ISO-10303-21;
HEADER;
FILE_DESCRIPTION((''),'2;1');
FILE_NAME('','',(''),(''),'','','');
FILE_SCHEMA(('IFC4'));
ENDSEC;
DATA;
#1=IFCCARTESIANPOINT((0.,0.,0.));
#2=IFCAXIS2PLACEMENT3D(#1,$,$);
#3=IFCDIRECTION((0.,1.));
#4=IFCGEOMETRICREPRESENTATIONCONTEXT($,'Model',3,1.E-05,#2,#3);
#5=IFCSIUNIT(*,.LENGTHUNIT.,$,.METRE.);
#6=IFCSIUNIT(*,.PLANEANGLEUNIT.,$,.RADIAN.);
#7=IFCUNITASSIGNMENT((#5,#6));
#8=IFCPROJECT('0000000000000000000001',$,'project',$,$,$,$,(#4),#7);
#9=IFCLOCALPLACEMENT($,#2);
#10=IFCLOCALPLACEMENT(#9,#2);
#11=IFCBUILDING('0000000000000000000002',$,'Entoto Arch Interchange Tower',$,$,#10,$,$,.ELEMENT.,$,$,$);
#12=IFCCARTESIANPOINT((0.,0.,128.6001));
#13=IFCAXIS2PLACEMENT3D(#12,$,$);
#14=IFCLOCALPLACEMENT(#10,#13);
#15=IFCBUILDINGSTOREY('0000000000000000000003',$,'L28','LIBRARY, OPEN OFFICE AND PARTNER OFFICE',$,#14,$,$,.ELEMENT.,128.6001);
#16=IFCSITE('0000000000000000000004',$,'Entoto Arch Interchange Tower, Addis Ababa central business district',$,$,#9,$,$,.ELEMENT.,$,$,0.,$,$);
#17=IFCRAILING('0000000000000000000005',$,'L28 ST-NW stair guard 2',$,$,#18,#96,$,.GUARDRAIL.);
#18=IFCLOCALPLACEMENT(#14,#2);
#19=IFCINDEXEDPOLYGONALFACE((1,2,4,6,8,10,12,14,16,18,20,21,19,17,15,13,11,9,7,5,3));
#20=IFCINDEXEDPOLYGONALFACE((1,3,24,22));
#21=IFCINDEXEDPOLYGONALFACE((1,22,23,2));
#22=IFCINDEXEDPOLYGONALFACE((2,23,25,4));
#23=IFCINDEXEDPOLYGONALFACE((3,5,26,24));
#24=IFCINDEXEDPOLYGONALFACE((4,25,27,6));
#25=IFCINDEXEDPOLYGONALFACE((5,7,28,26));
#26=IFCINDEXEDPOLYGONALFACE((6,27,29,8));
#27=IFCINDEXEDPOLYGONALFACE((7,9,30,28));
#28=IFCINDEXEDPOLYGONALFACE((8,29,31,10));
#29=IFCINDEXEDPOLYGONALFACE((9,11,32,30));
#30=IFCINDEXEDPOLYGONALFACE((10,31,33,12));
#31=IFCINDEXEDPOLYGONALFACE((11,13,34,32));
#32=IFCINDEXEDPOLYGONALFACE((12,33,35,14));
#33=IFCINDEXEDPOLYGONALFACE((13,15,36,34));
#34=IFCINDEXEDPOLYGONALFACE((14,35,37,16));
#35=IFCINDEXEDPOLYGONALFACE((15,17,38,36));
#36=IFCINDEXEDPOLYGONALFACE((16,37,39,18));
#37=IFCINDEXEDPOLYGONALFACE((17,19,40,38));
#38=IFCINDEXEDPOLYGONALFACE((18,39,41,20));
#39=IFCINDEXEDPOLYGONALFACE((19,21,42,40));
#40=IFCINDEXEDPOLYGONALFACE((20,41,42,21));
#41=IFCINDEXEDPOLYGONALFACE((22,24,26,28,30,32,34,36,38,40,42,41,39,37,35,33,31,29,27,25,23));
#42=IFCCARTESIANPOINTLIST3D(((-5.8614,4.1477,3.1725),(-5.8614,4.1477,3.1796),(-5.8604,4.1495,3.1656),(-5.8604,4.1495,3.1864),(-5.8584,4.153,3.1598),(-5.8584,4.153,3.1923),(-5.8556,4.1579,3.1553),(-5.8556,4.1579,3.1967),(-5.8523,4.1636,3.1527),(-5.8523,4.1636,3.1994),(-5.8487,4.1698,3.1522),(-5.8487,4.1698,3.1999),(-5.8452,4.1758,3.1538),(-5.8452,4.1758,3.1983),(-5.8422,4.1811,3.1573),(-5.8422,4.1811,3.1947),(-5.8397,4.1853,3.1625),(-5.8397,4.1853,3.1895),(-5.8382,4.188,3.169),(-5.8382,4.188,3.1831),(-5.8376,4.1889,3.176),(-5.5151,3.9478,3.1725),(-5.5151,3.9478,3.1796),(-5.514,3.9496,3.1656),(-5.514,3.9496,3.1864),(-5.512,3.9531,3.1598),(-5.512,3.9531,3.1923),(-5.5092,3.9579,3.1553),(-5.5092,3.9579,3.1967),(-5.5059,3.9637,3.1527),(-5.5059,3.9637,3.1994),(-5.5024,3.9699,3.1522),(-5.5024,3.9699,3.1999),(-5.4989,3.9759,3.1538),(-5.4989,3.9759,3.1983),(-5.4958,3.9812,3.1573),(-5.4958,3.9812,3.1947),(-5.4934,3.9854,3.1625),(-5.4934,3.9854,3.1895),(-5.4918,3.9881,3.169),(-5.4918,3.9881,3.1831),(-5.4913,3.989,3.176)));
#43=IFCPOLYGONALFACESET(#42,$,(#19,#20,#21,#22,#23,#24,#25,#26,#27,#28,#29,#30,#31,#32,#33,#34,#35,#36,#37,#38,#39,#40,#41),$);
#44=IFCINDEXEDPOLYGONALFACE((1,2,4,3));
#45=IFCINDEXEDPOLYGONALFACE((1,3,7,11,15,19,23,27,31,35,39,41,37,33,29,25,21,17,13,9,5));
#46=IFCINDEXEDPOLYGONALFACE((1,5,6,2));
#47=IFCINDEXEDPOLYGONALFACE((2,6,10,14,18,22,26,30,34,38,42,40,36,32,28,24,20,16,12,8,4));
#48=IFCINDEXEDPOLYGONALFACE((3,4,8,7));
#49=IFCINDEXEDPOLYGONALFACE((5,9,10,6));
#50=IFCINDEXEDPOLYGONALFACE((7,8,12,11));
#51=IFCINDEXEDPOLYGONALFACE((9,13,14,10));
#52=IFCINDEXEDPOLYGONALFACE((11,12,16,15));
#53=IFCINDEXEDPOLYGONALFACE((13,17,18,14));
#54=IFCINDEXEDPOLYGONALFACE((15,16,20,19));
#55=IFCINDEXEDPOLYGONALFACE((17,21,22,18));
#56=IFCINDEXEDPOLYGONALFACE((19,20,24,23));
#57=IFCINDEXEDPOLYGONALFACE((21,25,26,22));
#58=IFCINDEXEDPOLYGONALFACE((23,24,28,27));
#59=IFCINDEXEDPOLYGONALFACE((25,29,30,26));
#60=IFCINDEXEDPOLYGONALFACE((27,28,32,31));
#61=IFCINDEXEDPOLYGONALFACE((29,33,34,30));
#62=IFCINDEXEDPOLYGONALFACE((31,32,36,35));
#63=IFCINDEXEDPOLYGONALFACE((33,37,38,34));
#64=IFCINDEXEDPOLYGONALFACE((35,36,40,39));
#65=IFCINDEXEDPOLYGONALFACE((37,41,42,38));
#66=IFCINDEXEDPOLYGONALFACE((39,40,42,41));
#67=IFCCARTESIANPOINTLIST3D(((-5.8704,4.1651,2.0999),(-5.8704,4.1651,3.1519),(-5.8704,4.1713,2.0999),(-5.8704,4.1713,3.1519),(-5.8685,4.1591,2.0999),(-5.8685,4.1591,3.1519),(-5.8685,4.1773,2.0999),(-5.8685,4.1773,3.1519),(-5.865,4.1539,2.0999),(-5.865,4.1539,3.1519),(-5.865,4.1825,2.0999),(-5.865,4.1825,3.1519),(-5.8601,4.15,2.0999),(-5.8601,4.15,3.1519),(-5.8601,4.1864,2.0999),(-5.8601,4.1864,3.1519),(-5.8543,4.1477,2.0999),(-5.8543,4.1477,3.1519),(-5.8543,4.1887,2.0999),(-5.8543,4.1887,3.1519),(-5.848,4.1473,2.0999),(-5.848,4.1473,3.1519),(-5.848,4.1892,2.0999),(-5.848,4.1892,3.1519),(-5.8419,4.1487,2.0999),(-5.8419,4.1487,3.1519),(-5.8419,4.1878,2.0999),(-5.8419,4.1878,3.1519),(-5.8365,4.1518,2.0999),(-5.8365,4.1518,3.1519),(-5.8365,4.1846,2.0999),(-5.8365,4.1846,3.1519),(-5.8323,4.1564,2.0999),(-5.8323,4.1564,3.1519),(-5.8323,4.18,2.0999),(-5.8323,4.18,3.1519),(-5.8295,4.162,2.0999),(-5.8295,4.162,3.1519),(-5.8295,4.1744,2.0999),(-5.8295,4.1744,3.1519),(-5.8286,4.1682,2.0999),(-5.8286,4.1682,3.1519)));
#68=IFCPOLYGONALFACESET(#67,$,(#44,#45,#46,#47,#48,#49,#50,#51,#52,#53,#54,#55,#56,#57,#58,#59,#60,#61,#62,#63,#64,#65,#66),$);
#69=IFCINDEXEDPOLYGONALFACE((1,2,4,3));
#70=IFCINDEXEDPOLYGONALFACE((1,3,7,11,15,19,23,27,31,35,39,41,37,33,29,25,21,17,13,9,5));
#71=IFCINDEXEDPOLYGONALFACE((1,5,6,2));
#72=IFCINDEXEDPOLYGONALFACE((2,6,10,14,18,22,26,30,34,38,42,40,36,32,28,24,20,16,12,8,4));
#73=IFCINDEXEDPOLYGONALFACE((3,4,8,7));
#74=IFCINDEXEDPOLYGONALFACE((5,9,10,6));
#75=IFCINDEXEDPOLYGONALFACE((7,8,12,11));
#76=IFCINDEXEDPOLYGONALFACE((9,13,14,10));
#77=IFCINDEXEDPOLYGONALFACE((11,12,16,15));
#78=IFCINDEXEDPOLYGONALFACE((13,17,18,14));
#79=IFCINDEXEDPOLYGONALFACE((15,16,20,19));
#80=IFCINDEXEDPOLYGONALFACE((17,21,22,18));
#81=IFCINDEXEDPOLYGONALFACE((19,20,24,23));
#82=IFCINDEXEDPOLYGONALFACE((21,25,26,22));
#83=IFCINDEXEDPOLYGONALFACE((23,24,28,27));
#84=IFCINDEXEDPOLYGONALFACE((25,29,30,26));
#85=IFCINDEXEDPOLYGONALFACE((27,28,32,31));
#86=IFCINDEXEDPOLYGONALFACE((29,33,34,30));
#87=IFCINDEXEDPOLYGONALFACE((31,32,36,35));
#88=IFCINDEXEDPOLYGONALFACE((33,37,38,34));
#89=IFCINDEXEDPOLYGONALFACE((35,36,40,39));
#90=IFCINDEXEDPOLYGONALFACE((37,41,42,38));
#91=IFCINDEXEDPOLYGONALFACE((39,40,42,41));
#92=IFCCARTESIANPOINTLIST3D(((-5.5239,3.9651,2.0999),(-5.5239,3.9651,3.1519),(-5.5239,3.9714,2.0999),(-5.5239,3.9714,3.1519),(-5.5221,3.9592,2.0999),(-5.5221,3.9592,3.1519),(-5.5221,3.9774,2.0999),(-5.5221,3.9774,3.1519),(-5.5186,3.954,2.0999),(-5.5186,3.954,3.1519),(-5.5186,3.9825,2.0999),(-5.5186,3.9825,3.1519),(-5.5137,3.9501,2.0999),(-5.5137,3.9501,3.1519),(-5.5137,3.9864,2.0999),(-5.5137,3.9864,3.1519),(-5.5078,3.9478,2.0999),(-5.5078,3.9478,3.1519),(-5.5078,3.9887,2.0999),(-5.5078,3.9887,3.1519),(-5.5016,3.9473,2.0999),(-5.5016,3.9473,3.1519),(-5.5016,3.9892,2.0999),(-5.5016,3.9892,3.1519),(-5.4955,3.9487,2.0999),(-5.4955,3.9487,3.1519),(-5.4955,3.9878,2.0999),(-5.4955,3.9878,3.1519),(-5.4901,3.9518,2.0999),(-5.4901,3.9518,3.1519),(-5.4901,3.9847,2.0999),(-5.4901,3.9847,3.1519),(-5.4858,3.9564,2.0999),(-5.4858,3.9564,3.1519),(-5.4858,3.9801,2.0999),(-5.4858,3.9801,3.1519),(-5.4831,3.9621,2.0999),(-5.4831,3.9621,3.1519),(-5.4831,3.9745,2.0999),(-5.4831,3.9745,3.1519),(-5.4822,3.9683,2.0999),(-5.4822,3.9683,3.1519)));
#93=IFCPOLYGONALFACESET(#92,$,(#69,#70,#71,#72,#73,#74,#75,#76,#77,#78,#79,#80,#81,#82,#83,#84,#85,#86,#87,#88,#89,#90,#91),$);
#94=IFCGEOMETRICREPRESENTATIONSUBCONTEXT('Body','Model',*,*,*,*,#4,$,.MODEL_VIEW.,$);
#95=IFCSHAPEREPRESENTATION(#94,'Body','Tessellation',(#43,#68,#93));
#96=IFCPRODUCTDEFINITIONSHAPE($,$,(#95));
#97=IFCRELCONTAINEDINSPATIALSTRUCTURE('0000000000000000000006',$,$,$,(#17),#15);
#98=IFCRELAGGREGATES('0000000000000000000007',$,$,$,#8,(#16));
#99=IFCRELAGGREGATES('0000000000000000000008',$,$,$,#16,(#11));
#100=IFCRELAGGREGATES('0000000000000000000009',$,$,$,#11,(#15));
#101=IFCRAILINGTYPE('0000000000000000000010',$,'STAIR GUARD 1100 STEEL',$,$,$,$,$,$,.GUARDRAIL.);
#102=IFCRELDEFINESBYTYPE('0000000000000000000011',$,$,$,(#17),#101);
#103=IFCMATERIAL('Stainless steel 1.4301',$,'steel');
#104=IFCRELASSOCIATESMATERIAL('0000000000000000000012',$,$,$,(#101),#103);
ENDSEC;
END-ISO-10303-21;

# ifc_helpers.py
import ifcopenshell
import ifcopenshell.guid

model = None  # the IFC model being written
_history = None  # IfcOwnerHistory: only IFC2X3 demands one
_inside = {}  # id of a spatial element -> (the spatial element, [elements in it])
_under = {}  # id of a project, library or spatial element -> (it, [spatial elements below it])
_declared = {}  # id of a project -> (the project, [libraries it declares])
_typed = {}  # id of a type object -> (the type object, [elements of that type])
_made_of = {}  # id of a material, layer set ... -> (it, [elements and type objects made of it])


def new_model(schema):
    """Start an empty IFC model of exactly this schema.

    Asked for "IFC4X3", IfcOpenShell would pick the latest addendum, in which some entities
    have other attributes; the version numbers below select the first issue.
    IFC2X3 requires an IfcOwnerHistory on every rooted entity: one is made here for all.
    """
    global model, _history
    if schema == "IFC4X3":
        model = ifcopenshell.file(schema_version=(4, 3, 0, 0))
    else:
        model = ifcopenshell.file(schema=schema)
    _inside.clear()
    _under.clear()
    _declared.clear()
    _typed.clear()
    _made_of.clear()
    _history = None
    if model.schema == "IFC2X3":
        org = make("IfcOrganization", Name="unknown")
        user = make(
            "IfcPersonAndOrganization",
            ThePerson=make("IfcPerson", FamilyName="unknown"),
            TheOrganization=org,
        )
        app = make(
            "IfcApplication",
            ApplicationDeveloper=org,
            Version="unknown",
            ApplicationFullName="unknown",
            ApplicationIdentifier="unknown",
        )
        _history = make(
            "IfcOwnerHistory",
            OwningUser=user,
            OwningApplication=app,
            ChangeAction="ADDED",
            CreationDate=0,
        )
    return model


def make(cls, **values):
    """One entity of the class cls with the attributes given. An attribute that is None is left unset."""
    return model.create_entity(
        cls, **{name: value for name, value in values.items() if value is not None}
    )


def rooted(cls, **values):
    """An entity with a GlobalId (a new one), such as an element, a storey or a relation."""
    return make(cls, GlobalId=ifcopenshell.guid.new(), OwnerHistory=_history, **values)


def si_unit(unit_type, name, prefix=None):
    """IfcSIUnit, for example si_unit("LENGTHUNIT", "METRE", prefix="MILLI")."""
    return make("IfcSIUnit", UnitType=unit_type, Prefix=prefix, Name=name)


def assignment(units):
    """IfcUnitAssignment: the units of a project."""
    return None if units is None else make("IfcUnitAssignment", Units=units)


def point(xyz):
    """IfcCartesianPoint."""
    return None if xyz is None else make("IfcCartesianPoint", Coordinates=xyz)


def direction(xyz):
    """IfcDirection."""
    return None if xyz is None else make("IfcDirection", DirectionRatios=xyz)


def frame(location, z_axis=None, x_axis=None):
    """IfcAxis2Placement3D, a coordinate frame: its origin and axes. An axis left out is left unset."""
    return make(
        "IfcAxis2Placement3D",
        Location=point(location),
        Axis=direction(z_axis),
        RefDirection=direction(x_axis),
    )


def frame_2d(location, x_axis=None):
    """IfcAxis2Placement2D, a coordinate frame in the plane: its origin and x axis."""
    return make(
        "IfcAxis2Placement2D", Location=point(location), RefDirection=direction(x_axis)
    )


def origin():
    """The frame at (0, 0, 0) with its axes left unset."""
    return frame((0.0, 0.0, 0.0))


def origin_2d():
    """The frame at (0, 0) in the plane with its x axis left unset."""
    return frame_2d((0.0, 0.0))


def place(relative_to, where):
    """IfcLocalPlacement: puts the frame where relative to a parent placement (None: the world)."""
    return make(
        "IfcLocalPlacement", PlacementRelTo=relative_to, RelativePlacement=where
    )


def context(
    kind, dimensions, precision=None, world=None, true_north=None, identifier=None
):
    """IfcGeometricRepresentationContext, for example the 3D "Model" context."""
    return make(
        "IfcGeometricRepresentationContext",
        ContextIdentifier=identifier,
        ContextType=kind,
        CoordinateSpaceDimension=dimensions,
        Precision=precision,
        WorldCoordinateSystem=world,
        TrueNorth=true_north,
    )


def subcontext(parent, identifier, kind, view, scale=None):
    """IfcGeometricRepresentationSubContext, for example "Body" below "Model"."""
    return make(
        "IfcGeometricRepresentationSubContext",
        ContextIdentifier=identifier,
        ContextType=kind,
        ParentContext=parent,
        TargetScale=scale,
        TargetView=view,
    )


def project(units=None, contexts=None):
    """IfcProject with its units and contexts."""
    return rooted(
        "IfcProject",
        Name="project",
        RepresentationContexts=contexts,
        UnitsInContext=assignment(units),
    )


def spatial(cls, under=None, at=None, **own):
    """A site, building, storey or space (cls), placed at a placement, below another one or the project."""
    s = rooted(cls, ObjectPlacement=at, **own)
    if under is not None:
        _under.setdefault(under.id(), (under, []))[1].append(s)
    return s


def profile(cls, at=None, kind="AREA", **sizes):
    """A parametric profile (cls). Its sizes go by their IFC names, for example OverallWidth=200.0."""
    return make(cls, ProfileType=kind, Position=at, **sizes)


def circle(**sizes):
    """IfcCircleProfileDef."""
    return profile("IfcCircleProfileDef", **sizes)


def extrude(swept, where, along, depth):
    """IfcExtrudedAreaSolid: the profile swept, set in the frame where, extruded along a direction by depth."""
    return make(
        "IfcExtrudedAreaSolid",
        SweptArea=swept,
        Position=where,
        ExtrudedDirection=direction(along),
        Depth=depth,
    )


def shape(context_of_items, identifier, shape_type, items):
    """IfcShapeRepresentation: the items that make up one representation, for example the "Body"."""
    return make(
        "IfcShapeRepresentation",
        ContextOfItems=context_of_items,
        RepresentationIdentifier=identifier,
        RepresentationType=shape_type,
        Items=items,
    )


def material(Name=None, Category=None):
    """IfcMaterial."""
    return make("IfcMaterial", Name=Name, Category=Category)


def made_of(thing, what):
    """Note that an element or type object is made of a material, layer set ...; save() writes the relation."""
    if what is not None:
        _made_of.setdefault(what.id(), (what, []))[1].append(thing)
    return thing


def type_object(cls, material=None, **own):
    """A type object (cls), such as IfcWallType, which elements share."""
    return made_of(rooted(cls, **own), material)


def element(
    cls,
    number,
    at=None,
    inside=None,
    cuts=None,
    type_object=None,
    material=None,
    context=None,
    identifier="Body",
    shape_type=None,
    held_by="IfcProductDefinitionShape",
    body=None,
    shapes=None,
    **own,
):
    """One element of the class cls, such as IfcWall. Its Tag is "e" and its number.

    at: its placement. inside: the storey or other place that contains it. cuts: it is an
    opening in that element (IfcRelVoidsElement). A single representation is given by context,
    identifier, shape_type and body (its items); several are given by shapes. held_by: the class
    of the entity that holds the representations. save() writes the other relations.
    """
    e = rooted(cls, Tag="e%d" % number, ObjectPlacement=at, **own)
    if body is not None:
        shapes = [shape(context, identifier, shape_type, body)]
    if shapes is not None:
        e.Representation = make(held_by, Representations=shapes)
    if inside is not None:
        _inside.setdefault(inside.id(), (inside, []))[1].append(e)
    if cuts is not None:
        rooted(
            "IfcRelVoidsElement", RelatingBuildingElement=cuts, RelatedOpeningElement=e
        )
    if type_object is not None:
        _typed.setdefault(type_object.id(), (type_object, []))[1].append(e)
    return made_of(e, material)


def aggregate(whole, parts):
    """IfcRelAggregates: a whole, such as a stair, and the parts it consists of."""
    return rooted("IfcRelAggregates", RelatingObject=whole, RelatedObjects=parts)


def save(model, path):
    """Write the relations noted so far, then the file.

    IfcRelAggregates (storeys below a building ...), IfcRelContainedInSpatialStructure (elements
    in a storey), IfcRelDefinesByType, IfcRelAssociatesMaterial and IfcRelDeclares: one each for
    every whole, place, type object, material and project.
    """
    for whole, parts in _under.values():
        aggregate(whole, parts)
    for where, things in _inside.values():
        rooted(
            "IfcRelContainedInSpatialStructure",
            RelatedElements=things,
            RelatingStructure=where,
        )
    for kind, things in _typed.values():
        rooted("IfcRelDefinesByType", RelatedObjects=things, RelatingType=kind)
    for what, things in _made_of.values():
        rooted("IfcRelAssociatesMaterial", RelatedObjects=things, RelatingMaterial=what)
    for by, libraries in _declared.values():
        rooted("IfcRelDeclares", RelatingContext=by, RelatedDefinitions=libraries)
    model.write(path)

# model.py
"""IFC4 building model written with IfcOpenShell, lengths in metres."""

from ifc_helpers import new_model, si_unit, direction, frame, origin, origin_2d, place, context, subcontext, project, spatial, circle, extrude, material, type_object, element, save


model = new_model("IFC4")

# Units and contexts
model_context = context("Model", 3, precision=1e-05, world=origin(), true_north=direction((0.0, 1.0)))
body_context = subcontext(model_context, "Body", "Model", "MODEL_VIEW")
ifc_project = project(units=[si_unit("LENGTHUNIT", "METRE"), si_unit("PLANEANGLEUNIT", "RADIAN")], contexts=[model_context])

# Site, building, storey
site_placement = place(None, origin())
site = spatial("IfcSite", under=ifc_project, at=site_placement, Name="Entoto Arch Interchange Tower, Addis Ababa central business district", CompositionType="ELEMENT", RefElevation=0.0)
building_placement = place(site_placement, origin())
building = spatial("IfcBuilding", under=site, at=building_placement, Name="Entoto Arch Interchange Tower", CompositionType="ELEMENT")
storey_placement = place(building_placement, frame((0.0, 0.0, 128.6001)))
storey = spatial("IfcBuildingStorey", under=building, at=storey_placement, Name="L28", Description="LIBRARY, OPEN OFFICE AND PARTNER OFFICE", CompositionType="ELEMENT", Elevation=128.6001)

# Railing
ifc_material_1 = material(Name="Stainless steel 1.4301", Category="steel")
railing_type_1 = type_object("IfcRailingType", Name="STAIR GUARD 1100 STEEL", PredefinedType="GUARDRAIL", material=ifc_material_1)
railing_1_placement = place(storey_placement, frame((-5.8496, 4.1682, 2.0999)))
element("IfcRailing", 1, at=railing_1_placement, inside=storey, type_object=railing_type_1, Name="L28 ST-NW stair guard 2", PredefinedType="GUARDRAIL", context=body_context, shape_type="SweptSolid", body=[
    extrude(circle(Radius=0.0239, at=origin_2d()), frame((0.0, 0.0, 1.0762), z_axis=(0.866094, -0.499881, 0.0), x_axis=(0.499881, 0.866094, 0.0)), (0.0, 0.0, 1.0), 0.3999),
    extrude(circle(Radius=0.021, at=origin_2d()), origin(), (0.0, 0.0, 1.0), 1.052),
    extrude(circle(Radius=0.021, at=origin_2d()), frame((0.3464, -0.2, 0.0)), (0.0, 0.0, 1.0), 1.052),
])

save(model, "model.ifc")
